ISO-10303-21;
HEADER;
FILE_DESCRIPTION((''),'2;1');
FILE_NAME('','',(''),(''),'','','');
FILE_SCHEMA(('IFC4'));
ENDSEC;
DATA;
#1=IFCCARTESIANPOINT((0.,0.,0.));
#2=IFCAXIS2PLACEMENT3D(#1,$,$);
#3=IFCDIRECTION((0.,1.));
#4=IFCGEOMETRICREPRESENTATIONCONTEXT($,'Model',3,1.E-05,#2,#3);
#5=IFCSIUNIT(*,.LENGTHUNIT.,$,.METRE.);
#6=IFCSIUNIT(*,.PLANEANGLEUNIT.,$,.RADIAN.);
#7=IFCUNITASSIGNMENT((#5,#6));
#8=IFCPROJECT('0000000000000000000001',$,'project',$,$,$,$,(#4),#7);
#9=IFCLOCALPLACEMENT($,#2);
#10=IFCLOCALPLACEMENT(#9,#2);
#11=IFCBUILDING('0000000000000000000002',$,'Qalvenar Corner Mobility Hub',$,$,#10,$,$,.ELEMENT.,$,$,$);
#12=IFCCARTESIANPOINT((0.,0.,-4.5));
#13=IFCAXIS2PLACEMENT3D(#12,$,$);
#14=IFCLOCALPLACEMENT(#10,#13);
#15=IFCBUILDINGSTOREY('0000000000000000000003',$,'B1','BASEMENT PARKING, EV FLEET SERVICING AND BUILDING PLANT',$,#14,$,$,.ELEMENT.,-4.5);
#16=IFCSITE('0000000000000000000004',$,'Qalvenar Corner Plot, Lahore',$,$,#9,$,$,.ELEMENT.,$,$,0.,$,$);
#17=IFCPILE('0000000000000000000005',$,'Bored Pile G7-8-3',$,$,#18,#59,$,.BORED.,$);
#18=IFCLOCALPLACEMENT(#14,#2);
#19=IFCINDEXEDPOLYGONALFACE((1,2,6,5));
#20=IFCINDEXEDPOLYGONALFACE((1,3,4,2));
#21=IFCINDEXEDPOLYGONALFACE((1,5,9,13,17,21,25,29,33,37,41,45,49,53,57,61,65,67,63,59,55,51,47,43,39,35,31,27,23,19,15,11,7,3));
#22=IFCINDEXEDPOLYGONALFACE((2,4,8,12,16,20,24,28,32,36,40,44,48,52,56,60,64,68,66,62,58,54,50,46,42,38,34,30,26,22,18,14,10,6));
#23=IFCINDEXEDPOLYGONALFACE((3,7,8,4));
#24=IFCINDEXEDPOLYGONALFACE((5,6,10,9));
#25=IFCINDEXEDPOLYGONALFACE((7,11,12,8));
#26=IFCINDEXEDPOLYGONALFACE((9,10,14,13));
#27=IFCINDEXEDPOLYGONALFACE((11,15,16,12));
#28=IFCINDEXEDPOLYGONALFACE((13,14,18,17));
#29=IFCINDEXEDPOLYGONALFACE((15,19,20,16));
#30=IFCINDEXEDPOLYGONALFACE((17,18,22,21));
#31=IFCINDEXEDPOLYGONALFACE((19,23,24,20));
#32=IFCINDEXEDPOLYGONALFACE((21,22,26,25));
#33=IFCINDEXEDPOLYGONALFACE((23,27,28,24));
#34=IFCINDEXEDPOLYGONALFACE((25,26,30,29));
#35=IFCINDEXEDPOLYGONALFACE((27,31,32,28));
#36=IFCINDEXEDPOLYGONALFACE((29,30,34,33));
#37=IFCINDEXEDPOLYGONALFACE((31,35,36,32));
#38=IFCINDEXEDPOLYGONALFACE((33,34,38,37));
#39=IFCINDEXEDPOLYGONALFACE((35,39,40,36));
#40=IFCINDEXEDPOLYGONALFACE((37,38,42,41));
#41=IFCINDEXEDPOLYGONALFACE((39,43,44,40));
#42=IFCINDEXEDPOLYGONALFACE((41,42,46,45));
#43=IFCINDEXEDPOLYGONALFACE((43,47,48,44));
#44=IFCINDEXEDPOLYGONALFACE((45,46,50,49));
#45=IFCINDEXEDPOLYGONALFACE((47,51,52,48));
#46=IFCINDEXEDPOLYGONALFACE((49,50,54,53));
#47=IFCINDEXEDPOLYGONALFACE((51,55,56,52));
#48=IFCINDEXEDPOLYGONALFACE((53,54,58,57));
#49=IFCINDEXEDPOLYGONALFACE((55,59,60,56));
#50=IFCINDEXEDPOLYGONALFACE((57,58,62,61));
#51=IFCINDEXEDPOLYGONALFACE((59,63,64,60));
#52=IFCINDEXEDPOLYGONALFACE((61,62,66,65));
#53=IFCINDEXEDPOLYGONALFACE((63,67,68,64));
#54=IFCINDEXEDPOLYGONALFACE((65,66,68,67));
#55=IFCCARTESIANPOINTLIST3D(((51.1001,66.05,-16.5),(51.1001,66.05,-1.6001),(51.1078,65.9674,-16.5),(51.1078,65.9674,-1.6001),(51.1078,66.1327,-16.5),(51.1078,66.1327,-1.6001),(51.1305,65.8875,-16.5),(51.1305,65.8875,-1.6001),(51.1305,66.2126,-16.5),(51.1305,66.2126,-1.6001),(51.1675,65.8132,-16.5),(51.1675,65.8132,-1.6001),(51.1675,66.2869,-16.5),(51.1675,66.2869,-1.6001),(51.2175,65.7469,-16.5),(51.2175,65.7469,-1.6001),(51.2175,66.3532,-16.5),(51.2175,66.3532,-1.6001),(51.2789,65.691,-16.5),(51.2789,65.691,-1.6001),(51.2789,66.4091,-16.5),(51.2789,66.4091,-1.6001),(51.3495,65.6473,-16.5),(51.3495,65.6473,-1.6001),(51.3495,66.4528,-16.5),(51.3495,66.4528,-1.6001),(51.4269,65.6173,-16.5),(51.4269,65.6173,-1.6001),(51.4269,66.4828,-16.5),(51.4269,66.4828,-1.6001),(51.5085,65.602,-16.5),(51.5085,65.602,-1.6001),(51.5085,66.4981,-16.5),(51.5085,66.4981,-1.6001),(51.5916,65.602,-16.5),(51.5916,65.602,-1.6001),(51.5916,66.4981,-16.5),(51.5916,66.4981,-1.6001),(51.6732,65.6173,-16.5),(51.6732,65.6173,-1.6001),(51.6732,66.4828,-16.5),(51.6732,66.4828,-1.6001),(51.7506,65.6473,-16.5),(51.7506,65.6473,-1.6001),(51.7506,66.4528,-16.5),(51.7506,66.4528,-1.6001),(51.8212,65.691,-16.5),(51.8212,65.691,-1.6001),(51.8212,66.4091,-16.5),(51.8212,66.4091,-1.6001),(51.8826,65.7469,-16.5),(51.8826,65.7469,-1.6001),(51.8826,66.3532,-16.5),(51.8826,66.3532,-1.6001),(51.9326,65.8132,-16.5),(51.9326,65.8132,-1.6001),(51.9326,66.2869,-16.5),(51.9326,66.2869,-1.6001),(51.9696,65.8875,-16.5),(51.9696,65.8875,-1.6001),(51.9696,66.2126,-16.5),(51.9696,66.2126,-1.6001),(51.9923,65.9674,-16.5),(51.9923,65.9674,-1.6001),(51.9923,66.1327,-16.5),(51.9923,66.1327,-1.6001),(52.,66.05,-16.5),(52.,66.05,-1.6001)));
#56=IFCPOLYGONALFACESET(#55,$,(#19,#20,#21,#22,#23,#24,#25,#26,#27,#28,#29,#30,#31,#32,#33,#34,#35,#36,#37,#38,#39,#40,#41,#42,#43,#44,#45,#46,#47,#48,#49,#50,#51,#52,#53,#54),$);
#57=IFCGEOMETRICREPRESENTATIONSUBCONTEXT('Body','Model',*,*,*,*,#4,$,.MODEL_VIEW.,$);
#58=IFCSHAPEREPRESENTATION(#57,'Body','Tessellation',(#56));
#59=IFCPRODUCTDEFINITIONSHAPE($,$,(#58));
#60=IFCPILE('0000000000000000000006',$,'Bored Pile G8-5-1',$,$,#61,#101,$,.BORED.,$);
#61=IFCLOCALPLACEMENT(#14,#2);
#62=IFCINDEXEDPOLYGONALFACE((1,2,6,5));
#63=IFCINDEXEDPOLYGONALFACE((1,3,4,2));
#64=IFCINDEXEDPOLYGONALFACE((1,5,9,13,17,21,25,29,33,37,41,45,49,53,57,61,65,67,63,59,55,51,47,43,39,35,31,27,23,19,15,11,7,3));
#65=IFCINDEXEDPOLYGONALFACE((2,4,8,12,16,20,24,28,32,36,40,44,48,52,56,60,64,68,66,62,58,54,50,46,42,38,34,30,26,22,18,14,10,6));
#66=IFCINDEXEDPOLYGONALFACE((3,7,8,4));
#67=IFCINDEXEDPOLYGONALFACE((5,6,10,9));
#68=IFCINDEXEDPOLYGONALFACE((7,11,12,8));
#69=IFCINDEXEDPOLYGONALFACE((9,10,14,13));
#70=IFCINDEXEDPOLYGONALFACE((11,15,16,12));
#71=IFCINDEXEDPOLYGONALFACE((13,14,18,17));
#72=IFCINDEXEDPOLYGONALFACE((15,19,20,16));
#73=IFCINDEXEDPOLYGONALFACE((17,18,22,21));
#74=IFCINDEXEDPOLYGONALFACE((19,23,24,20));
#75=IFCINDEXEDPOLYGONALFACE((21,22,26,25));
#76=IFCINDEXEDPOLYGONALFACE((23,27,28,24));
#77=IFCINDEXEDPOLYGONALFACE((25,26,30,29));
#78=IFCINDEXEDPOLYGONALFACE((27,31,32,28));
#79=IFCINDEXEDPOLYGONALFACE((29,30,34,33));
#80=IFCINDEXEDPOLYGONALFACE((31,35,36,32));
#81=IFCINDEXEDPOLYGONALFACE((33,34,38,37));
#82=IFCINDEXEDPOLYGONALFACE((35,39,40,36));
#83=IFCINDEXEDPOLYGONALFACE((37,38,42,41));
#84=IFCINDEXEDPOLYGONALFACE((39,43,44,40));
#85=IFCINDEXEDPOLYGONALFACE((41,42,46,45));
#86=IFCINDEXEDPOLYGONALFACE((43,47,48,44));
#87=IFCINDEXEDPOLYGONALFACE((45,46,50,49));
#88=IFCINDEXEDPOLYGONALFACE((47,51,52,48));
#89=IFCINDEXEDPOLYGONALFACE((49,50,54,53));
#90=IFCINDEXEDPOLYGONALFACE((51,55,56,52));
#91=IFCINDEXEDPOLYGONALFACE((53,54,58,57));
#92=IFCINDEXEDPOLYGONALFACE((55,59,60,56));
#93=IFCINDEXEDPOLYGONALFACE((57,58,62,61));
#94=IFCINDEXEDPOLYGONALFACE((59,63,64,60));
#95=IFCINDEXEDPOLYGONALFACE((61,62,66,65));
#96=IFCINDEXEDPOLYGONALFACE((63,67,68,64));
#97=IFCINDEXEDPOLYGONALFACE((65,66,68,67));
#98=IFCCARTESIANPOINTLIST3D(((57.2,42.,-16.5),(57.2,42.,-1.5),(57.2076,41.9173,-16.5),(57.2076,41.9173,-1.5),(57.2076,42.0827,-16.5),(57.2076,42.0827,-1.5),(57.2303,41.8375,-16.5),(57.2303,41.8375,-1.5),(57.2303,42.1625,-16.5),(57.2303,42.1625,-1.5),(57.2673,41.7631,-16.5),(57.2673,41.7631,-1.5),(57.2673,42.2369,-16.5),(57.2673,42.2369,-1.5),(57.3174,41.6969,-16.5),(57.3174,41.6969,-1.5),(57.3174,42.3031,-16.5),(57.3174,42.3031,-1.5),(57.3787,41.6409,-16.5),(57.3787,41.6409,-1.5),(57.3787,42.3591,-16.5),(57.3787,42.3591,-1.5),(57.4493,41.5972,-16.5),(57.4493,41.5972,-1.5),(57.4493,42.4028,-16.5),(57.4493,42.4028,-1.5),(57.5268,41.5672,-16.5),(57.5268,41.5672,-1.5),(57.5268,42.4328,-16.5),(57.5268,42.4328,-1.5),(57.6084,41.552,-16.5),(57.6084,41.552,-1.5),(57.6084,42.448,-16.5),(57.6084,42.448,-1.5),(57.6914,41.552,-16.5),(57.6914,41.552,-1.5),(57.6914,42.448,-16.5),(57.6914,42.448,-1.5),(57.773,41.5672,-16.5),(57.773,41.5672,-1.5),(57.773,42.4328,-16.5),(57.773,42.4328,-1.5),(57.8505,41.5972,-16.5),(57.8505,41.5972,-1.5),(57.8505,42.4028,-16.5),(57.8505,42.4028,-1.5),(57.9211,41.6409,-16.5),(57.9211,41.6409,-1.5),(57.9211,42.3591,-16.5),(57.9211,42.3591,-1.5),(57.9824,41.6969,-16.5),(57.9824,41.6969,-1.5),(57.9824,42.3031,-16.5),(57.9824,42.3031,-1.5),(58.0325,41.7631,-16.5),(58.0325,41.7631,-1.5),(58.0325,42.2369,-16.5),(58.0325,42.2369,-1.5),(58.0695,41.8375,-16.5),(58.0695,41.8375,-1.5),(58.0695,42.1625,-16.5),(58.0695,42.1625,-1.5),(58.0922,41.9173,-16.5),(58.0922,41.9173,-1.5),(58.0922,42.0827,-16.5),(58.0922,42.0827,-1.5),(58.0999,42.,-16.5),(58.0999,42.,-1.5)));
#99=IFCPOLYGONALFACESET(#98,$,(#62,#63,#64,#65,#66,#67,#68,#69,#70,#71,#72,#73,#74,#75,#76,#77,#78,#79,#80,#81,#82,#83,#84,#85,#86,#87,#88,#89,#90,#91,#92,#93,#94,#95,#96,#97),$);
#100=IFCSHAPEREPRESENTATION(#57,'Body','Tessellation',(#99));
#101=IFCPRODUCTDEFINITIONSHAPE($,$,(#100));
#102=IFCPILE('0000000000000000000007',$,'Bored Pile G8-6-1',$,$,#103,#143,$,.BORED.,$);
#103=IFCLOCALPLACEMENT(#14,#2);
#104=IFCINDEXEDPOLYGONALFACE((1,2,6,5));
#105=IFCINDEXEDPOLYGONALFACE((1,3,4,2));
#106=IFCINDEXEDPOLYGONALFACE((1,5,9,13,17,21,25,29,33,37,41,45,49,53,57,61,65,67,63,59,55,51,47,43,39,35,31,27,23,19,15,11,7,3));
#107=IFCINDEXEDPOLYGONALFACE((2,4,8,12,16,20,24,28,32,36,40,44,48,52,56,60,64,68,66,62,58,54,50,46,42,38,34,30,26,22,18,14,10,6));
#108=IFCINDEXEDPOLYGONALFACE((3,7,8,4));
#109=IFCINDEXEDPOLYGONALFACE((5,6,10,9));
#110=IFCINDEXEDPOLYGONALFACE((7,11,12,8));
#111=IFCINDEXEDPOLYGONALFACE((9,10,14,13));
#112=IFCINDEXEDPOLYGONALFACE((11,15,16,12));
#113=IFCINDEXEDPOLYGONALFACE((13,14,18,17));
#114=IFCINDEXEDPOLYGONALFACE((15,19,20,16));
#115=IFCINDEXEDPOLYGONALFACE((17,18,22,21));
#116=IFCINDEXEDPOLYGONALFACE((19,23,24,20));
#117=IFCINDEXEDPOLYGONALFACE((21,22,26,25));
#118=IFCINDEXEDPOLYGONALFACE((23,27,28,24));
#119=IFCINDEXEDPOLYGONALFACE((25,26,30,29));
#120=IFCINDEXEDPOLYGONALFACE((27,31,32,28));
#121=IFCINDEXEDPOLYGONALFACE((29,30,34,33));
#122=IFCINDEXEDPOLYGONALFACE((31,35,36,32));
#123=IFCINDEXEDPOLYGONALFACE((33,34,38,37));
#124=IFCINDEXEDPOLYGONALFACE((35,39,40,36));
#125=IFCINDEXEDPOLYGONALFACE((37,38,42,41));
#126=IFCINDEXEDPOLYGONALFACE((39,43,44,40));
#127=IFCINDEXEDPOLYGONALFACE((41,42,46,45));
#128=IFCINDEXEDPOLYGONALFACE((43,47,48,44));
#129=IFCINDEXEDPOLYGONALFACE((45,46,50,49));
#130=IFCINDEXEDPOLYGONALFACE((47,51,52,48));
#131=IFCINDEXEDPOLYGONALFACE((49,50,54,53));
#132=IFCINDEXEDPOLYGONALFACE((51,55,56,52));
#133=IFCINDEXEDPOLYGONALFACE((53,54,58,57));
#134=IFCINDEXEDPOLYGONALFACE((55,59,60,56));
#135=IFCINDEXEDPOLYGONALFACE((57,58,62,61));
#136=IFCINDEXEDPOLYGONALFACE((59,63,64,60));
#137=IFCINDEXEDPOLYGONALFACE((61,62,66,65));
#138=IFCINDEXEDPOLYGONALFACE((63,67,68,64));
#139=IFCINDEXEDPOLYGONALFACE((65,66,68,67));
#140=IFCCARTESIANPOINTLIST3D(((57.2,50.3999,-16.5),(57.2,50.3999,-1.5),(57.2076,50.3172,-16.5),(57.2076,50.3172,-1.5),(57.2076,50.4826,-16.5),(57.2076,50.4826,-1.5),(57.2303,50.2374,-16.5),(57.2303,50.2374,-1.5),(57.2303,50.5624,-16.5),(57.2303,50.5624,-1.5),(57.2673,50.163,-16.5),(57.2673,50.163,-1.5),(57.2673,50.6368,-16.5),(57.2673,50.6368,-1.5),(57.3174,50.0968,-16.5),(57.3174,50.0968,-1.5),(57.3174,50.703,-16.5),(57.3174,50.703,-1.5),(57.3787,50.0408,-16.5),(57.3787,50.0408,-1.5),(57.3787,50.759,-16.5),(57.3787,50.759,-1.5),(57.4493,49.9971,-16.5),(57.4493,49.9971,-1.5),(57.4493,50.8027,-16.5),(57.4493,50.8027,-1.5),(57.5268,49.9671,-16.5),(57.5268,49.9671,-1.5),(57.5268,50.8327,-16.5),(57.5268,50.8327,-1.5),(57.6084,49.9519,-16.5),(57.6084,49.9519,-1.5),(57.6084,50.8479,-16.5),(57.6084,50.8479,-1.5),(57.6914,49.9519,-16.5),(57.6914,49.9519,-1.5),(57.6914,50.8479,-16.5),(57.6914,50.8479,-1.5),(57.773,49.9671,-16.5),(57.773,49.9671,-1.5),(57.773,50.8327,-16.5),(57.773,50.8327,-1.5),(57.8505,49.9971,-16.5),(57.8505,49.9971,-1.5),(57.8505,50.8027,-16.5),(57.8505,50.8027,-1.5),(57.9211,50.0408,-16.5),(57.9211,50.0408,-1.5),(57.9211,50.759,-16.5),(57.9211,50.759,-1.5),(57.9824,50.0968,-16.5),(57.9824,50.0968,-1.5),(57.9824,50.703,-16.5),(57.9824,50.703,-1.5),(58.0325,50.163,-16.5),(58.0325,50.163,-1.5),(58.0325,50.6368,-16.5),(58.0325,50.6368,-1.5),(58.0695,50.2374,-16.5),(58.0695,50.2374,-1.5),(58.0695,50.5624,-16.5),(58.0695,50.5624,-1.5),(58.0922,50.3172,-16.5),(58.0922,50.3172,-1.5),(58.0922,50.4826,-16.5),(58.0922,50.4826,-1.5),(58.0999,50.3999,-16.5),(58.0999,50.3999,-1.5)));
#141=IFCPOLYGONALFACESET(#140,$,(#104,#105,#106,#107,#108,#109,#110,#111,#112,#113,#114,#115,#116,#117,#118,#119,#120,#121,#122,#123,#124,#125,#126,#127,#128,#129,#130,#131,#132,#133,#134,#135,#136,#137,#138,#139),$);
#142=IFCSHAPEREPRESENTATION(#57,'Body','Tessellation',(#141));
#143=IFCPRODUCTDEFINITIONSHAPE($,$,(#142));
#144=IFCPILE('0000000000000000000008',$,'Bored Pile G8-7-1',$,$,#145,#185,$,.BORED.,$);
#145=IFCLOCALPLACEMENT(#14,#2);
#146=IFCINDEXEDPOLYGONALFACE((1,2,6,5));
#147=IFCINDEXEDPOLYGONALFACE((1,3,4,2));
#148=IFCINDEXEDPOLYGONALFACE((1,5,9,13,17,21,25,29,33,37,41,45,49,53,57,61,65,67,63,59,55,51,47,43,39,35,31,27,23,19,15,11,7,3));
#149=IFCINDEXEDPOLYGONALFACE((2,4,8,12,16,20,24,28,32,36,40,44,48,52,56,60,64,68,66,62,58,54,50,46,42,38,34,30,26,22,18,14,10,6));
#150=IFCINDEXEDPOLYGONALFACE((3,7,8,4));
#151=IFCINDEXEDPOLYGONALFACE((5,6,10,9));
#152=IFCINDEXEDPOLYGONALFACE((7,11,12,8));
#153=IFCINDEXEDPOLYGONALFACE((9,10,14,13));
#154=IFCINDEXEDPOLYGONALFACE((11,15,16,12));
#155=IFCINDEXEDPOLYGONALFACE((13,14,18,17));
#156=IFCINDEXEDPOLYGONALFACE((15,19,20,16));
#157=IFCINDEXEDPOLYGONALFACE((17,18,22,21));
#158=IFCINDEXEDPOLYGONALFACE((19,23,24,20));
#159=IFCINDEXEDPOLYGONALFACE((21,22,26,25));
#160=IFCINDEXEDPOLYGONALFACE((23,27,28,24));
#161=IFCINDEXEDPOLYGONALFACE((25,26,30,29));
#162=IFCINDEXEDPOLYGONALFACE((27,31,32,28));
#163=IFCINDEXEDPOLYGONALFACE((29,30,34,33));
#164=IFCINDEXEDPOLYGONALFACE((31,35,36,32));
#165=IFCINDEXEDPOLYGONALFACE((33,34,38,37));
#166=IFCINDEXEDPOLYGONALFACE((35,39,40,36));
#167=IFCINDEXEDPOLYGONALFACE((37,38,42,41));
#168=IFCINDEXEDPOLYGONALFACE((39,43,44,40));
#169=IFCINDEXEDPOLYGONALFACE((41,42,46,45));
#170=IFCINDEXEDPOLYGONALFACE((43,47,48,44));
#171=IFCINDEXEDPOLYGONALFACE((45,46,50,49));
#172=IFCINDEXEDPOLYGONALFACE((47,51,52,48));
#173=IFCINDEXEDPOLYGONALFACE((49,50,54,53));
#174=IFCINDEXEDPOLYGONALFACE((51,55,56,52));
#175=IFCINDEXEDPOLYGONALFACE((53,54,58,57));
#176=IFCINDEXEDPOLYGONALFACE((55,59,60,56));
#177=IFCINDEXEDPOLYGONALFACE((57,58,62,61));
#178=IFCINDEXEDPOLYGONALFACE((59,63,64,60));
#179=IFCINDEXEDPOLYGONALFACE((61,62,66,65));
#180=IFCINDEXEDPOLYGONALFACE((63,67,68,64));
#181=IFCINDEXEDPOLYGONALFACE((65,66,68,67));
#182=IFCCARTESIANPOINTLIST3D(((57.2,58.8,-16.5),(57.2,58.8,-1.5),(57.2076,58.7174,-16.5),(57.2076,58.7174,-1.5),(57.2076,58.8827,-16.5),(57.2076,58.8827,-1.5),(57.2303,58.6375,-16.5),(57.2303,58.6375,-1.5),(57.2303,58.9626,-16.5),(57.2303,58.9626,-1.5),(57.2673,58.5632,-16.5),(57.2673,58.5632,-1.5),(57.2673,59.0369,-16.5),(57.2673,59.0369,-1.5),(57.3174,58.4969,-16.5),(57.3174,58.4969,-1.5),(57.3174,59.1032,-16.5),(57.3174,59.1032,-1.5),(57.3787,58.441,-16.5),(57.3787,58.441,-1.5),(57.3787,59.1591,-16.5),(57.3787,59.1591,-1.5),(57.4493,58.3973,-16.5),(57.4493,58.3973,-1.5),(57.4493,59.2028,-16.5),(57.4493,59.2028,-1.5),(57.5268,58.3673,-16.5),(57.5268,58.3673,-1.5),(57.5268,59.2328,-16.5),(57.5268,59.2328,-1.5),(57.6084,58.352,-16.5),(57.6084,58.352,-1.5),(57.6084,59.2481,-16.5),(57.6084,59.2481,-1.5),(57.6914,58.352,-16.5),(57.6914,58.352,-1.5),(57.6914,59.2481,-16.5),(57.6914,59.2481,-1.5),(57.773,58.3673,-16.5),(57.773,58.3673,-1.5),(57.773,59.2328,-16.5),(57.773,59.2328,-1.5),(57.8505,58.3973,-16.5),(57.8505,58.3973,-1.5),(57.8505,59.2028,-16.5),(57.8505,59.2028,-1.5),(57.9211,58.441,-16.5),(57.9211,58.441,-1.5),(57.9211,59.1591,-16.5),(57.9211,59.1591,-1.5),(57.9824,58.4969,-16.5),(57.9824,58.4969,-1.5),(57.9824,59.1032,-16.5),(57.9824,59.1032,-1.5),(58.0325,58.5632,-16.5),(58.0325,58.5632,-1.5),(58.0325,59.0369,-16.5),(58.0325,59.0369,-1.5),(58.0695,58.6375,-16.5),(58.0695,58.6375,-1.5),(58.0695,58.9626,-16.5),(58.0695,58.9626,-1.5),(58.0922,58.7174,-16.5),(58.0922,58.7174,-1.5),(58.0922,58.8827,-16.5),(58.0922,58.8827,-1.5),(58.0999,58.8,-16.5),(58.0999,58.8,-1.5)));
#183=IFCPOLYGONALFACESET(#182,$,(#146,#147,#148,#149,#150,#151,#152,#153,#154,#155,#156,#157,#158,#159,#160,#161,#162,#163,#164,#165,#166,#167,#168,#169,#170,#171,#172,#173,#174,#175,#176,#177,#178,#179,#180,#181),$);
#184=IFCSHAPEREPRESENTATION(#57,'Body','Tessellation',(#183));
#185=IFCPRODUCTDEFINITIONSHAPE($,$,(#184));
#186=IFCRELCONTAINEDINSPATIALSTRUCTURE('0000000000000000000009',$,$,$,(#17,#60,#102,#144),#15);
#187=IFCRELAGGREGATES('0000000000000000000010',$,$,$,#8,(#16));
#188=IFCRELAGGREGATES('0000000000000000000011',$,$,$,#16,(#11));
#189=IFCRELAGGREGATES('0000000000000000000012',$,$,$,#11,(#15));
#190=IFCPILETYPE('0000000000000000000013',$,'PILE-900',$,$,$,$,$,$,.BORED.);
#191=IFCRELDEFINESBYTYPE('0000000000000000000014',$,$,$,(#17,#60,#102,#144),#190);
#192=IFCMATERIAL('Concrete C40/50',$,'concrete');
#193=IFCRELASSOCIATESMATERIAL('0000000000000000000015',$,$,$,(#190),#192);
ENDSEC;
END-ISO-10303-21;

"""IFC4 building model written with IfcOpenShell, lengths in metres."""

from ifc_helpers import new_model, si_unit, direction, frame, origin, origin_2d, place, context, subcontext, project, spatial, circle, extrude, material, material_profile, profile_set, type_object, element, save


model = new_model("IFC4")

# Units and contexts
model_context = context("Model", 3, precision=1e-05, world=origin(), true_north=direction((0.0, 1.0)))
body_context = subcontext(model_context, "Body", "Model", "MODEL_VIEW")
ifc_project = project(units=[si_unit("LENGTHUNIT", "METRE"), si_unit("PLANEANGLEUNIT", "RADIAN")], contexts=[model_context])

# Site, building, storey
site_placement = place(None, origin())
site = spatial("IfcSite", under=ifc_project, at=site_placement, Name="Qalvenar Corner Plot, Lahore", CompositionType="ELEMENT", RefElevation=0.0)
building_placement = place(site_placement, origin())
building = spatial("IfcBuilding", under=site, at=building_placement, Name="Qalvenar Corner Mobility Hub", CompositionType="ELEMENT")
storey_placement = place(building_placement, frame((0.0, 0.0, -4.5)))
storey = spatial("IfcBuildingStorey", under=building, at=storey_placement, Name="B1", Description="BASEMENT PARKING, EV FLEET SERVICING AND BUILDING PLANT", CompositionType="ELEMENT", Elevation=-4.5)

# Shared definitions
ifc_material_1 = material(Name="Concrete C40/50", Category="concrete")

# Piles
ifc_material_profile_1 = material_profile(ifc_material_1, circle(Radius=0.45, at=origin_2d()), Name="DIA900")
ifc_profile_set_1 = profile_set([ifc_material_profile_1], Name="Concrete C40/50")
pile_type_1 = type_object("IfcPileType", Name="PILE-900", PredefinedType="BORED", material=ifc_profile_set_1)
for number, where, z_axis, x_axis, name in (
    (1, (51.55, 66.05, -1.6001), (0.0, 0.0, -1.0), (1.0, 0.0, 0.0), "Bored Pile G7-8-3"),
):
    element("IfcPile", number, at=place(storey_placement, frame(where, z_axis=z_axis, x_axis=x_axis)), inside=storey, type_object=pile_type_1, Name=name, PredefinedType="BORED", context=body_context, shape_type="SweptSolid", body=[
        extrude(circle(Radius=0.45, at=origin_2d()), origin(), (0.0, 0.0, 1.0), 14.8999),
    ])
for number, where, z_axis, x_axis, name in (
    (2, (57.6499, 42.0, -1.5), (0.0, 0.0, -1.0), (1.0, 0.0, 0.0), "Bored Pile G8-5-1"),
    (3, (57.6499, 50.3999, -1.5), (0.0, 0.0, -1.0), (1.0, 0.0, 0.0), "Bored Pile G8-6-1"),
    (4, (57.6499, 58.8, -1.5), (0.0, 0.0, -1.0), (1.0, 0.0, 0.0), "Bored Pile G8-7-1"),
):
    element("IfcPile", number, at=place(storey_placement, frame(where, z_axis=z_axis, x_axis=x_axis)), inside=storey, type_object=pile_type_1, Name=name, PredefinedType="BORED", context=body_context, shape_type="SweptSolid", body=[
        extrude(circle(Radius=0.45, at=origin_2d()), origin(), (0.0, 0.0, 1.0), 15.0),
    ])

save(model, "model.ifc")
